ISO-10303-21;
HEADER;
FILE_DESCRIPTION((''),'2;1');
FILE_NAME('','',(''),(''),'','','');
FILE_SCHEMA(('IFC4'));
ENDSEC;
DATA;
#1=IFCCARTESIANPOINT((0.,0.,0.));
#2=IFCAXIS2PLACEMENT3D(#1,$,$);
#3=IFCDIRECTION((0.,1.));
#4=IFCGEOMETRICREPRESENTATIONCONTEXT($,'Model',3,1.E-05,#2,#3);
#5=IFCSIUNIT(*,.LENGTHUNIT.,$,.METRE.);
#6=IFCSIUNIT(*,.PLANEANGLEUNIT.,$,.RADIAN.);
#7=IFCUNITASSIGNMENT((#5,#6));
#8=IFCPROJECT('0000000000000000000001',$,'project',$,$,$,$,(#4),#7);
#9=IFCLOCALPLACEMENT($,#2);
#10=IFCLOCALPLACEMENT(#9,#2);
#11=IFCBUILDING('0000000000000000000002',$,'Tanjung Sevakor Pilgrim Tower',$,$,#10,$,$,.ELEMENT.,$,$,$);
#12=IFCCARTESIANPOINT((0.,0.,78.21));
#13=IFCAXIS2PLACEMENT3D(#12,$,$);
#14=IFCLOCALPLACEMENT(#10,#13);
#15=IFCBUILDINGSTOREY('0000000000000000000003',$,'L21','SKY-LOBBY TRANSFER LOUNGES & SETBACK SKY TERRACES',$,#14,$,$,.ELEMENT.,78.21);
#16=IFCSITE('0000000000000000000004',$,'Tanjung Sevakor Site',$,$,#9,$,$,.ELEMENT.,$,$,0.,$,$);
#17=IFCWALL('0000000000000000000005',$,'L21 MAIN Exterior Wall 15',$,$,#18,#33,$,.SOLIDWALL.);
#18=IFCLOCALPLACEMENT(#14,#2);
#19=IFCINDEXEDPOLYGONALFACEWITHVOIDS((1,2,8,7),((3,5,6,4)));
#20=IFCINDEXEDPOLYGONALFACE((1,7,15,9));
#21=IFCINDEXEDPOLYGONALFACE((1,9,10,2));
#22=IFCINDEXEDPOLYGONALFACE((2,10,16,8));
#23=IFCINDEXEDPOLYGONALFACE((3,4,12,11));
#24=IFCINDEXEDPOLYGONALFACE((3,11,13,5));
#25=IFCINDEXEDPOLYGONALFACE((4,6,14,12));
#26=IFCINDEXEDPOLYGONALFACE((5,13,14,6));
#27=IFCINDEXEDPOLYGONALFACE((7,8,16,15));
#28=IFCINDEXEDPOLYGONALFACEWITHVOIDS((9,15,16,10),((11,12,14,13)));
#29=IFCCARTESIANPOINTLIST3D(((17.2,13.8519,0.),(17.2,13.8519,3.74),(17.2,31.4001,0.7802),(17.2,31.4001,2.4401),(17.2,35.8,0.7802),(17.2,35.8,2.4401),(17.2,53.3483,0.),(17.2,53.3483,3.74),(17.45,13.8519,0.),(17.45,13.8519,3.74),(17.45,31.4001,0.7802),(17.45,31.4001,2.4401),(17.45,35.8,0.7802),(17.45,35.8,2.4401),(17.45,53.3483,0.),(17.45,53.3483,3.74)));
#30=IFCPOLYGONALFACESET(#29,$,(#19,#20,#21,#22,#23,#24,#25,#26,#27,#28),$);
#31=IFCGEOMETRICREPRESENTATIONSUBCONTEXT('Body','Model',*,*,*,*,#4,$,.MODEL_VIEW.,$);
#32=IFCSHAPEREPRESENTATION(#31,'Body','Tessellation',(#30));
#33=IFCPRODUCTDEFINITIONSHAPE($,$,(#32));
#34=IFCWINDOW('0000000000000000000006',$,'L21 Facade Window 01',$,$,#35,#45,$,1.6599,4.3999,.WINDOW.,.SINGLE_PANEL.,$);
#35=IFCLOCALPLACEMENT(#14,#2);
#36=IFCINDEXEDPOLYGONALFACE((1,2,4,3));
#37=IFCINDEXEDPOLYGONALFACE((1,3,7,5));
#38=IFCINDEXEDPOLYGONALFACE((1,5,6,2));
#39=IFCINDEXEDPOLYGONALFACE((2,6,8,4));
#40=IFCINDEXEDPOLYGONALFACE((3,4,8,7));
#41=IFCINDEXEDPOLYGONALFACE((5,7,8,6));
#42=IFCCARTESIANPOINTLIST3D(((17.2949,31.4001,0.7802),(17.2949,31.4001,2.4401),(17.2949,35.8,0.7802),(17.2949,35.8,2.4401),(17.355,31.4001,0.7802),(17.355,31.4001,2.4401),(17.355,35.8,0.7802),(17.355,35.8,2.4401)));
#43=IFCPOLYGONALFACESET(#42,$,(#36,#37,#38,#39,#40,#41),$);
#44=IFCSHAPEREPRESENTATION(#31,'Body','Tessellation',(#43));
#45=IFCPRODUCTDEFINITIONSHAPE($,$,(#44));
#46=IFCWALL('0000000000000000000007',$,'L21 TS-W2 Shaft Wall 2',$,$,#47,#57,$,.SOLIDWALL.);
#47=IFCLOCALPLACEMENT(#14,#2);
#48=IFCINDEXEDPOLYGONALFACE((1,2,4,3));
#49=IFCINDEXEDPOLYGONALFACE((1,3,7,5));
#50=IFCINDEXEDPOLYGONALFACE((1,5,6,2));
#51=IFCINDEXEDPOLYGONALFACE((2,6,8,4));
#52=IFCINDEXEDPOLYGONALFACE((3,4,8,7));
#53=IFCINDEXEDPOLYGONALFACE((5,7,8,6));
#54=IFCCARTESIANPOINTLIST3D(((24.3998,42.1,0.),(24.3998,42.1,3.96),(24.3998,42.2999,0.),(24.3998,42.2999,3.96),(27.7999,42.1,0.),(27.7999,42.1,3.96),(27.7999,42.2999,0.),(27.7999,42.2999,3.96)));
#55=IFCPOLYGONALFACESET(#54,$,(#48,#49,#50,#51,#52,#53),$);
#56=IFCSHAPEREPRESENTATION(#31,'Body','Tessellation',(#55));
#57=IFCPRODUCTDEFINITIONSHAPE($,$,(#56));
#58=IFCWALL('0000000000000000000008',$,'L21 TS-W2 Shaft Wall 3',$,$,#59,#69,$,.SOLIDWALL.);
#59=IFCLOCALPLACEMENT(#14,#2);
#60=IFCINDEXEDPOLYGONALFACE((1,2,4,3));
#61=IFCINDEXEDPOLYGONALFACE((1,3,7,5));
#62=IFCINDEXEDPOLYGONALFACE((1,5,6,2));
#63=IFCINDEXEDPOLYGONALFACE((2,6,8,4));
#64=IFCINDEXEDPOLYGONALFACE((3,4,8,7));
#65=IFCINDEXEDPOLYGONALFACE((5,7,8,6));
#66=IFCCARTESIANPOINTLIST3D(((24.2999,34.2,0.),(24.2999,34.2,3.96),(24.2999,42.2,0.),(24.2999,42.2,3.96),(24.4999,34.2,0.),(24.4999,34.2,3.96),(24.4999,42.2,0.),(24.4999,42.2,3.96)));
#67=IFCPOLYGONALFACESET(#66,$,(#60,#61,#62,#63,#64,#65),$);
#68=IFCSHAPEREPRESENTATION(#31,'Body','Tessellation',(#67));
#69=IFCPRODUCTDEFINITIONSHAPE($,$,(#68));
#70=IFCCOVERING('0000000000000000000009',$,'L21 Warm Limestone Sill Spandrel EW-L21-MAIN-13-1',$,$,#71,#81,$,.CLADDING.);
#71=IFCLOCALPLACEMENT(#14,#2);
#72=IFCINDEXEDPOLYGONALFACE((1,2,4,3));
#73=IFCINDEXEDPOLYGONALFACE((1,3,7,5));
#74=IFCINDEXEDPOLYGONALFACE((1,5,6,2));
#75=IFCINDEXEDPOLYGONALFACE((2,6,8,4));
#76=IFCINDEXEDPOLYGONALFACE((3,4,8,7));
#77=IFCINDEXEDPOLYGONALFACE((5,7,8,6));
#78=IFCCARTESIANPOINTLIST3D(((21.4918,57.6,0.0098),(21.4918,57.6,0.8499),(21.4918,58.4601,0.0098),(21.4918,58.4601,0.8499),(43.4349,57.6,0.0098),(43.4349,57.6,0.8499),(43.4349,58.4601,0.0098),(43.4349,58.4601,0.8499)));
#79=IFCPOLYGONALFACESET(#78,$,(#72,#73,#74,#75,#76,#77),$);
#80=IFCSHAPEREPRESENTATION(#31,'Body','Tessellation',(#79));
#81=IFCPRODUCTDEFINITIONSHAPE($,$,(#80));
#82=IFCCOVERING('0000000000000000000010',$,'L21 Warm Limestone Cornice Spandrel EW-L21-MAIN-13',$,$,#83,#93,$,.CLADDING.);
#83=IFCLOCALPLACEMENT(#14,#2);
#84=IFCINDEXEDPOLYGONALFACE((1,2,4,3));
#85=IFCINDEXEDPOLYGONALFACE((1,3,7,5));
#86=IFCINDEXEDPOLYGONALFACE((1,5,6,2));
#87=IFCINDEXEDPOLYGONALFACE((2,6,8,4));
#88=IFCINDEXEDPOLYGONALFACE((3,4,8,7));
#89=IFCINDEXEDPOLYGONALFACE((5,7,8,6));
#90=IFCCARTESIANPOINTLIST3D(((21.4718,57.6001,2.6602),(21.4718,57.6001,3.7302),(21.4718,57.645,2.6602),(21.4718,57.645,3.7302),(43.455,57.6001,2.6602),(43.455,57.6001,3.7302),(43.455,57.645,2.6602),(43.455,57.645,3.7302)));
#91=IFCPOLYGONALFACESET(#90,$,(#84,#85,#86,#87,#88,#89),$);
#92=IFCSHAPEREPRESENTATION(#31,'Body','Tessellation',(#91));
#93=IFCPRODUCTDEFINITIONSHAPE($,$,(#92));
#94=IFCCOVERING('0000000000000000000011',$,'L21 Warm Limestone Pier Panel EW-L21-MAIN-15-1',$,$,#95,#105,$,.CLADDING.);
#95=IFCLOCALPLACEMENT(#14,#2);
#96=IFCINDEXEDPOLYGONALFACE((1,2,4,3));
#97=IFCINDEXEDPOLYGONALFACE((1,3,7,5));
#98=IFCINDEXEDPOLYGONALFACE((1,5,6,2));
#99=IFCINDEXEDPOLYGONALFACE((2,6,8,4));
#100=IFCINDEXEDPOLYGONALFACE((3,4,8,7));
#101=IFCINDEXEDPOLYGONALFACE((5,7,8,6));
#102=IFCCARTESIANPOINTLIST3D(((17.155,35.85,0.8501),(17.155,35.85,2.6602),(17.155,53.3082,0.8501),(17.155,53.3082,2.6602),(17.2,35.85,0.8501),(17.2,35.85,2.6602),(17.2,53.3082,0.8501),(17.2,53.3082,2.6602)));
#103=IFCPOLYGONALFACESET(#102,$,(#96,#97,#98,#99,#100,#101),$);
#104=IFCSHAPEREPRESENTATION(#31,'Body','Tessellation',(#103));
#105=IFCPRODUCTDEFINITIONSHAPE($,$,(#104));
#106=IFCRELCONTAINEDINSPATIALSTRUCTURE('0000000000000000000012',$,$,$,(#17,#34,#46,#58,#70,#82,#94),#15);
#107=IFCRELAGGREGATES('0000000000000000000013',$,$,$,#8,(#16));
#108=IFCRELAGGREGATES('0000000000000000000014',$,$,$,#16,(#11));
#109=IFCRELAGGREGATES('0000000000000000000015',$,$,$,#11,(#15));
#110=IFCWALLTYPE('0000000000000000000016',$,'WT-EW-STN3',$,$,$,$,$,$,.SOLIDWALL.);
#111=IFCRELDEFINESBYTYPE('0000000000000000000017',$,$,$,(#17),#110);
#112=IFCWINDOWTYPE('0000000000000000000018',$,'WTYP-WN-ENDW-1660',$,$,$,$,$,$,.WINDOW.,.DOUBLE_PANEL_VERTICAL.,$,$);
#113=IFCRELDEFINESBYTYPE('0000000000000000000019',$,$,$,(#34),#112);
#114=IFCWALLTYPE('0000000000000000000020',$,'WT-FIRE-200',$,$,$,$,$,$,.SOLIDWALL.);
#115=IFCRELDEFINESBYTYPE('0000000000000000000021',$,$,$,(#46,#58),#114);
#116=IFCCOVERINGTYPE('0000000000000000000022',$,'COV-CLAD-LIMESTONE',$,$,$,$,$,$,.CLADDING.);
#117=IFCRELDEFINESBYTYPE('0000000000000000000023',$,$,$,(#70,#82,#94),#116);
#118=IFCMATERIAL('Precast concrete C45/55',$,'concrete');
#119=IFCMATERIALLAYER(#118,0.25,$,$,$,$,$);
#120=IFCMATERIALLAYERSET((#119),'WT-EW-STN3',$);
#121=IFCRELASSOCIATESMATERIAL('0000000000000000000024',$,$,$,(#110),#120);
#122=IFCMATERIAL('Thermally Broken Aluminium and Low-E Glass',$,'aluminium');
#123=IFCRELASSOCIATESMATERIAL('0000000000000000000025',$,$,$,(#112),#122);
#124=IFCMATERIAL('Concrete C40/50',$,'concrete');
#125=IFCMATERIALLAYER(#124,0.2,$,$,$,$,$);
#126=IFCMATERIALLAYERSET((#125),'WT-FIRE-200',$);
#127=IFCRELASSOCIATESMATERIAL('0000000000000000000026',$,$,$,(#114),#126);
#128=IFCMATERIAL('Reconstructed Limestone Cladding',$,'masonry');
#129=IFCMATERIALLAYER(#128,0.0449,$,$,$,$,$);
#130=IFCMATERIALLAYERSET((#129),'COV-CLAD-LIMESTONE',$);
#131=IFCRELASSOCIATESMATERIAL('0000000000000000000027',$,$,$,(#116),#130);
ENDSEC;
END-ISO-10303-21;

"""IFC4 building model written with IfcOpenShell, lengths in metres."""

from ifc_helpers import new_model, si_unit, direction, frame, frame_2d, origin, origin_2d, place, context, subcontext, project, spatial, rectangle, extrude, material, layer, layer_set, type_object, element, fill, save


model = new_model("IFC4")

# Units and contexts
model_context = context("Model", 3, precision=1e-05, world=origin(), true_north=direction((0.0, 1.0)))
body_context = subcontext(model_context, "Body", "Model", "MODEL_VIEW")
ifc_project = project(units=[si_unit("LENGTHUNIT", "METRE"), si_unit("PLANEANGLEUNIT", "RADIAN")], contexts=[model_context])

# Site, building, storey
site_placement = place(None, origin())
site = spatial("IfcSite", under=ifc_project, at=site_placement, Name="Tanjung Sevakor Site", CompositionType="ELEMENT", RefElevation=0.0)
building_placement = place(site_placement, origin())
building = spatial("IfcBuilding", under=site, at=building_placement, Name="Tanjung Sevakor Pilgrim Tower", CompositionType="ELEMENT")
storey_placement = place(building_placement, frame((0.0, 0.0, 78.21)))
storey = spatial("IfcBuildingStorey", under=building, at=storey_placement, Name="L21", Description="SKY-LOBBY TRANSFER LOUNGES & SETBACK SKY TERRACES", CompositionType="ELEMENT", Elevation=78.21)

# Wall, opening, window
ifc_material_1 = material(Name="Precast concrete C45/55", Category="concrete")
ifc_layer_1 = layer(ifc_material_1, 0.25)
ifc_layer_set_1 = layer_set([ifc_layer_1], Name="WT-EW-STN3")
wall_type_1 = type_object("IfcWallType", Name="WT-EW-STN3", PredefinedType="SOLIDWALL", material=ifc_layer_set_1)
wall_1_placement = place(storey_placement, frame((17.325, 53.3481, 0.0), z_axis=(0.0, 0.0, 1.0), x_axis=(0.0, -1.0, 0.0)))
wall_1 = element("IfcWall", 1, at=wall_1_placement, inside=storey, type_object=wall_type_1, Name="L21 MAIN Exterior Wall 15", PredefinedType="SOLIDWALL", context=body_context, shape_type="SweptSolid", body=[
    extrude(rectangle(XDim=39.4963, YDim=0.25, at=frame_2d((19.748, 0.0))), origin(), (0.0, 0.0, 1.0), 3.74),
])
opening_1_placement = place(wall_1_placement, frame((17.5481, 0.0, 0.78)))
opening_1 = element("IfcOpeningElement", 2, at=opening_1_placement, cuts=wall_1, PredefinedType="OPENING", context=body_context, shape_type="SweptSolid", body=[
    extrude(rectangle(XDim=4.3999, YDim=1.6599, at=frame_2d((2.2, 0.8301))), frame((0.0, 0.135, 0.0), z_axis=(0.0, -1.0, 0.0), x_axis=(1.0, 0.0, 0.0)), (0.0, 0.0, 1.0), 0.27),
])
ifc_material_2 = material(Name="Thermally Broken Aluminium and Low-E Glass", Category="aluminium")
window_type = type_object("IfcWindowType", Name="WTYP-WN-ENDW-1660", PartitioningType="DOUBLE_PANEL_VERTICAL", PredefinedType="WINDOW", material=ifc_material_2)
window_placement = place(opening_1_placement, origin())
window = element("IfcWindow", 3, at=window_placement, inside=storey, type_object=window_type, Name="L21 Facade Window 01", OverallHeight=1.6599, OverallWidth=4.3999, PartitioningType="SINGLE_PANEL", PredefinedType="WINDOW", context=body_context, shape_type="SweptSolid", body=[
    extrude(rectangle(XDim=4.3999, YDim=1.6599, at=frame_2d((2.2, 0.8301))), frame((0.0, 0.03, 0.0), z_axis=(0.0, -1.0, 0.0), x_axis=(1.0, 0.0, 0.0)), (0.0, 0.0, 1.0), 0.0601),
])
fill(opening_1, window)

# Walls
ifc_material_3 = material(Name="Concrete C40/50", Category="concrete")
ifc_layer_2 = layer(ifc_material_3, 0.2)
ifc_layer_set_2 = layer_set([ifc_layer_2], Name="WT-FIRE-200")
wall_type_2 = type_object("IfcWallType", Name="WT-FIRE-200", PredefinedType="SOLIDWALL", material=ifc_layer_set_2)
wall_2_placement = place(storey_placement, frame((27.8, 42.2, 0.0), z_axis=(0.0, 0.0, 1.0), x_axis=(-1.0, 0.0, 0.0)))
element("IfcWall", 4, at=wall_2_placement, inside=storey, type_object=wall_type_2, Name="L21 TS-W2 Shaft Wall 2", PredefinedType="SOLIDWALL", context=body_context, shape_type="SweptSolid", body=[
    extrude(rectangle(XDim=3.4001, YDim=0.2, at=frame_2d((1.7002, 0.0))), origin(), (0.0, 0.0, 1.0), 3.96),
])
wall_3_placement = place(storey_placement, frame((24.3999, 42.2, 0.0), z_axis=(0.0, 0.0, 1.0), x_axis=(0.0, -1.0, 0.0)))
element("IfcWall", 5, at=wall_3_placement, inside=storey, type_object=wall_type_2, Name="L21 TS-W2 Shaft Wall 3", PredefinedType="SOLIDWALL", context=body_context, shape_type="SweptSolid", body=[
    extrude(rectangle(XDim=8.0, YDim=0.2, at=frame_2d((4.0, 0.0))), origin(), (0.0, 0.0, 1.0), 3.96),
])

# Coverings
ifc_material_4 = material(Name="Reconstructed Limestone Cladding", Category="masonry")
ifc_layer_3 = layer(ifc_material_4, 0.0449)
ifc_layer_set_3 = layer_set([ifc_layer_3], Name="COV-CLAD-LIMESTONE")
covering_type = type_object("IfcCoveringType", Name="COV-CLAD-LIMESTONE", PredefinedType="CLADDING", material=ifc_layer_set_3)
covering_1_placement = place(storey_placement, frame((32.4634, 58.03, 0.0098), z_axis=(0.0, 0.0, 1.0), x_axis=(-1.0, 0.0, 0.0)))
element("IfcCovering", 6, at=covering_1_placement, inside=storey, type_object=covering_type, Name="L21 Warm Limestone Sill Spandrel EW-L21-MAIN-13-1", PredefinedType="CLADDING", context=body_context, shape_type="SweptSolid", body=[
    extrude(rectangle(XDim=21.9431, YDim=0.8601, at=origin_2d()), origin(), (0.0, 0.0, 1.0), 0.8401),
])
covering_2_placement = place(storey_placement, frame((32.4634, 57.6226, 2.6602), z_axis=(0.0, 0.0, 1.0), x_axis=(-1.0, 0.0, 0.0)))
element("IfcCovering", 7, at=covering_2_placement, inside=storey, type_object=covering_type, Name="L21 Warm Limestone Cornice Spandrel EW-L21-MAIN-13", PredefinedType="CLADDING", context=body_context, shape_type="SweptSolid", body=[
    extrude(rectangle(XDim=21.9832, YDim=0.0449, at=origin_2d()), origin(), (0.0, 0.0, 1.0), 1.0701),
])
covering_3_placement = place(storey_placement, frame((17.1775, 44.5791, 0.8501), z_axis=(0.0, 0.0, 1.0), x_axis=(0.0, -1.0, 0.0)))
element("IfcCovering", 8, at=covering_3_placement, inside=storey, type_object=covering_type, Name="L21 Warm Limestone Pier Panel EW-L21-MAIN-15-1", PredefinedType="CLADDING", context=body_context, shape_type="SweptSolid", body=[
    extrude(rectangle(XDim=17.4583, YDim=0.0449, at=origin_2d()), origin(), (0.0, 0.0, 1.0), 1.8101),
])

save(model, "model.ifc")
